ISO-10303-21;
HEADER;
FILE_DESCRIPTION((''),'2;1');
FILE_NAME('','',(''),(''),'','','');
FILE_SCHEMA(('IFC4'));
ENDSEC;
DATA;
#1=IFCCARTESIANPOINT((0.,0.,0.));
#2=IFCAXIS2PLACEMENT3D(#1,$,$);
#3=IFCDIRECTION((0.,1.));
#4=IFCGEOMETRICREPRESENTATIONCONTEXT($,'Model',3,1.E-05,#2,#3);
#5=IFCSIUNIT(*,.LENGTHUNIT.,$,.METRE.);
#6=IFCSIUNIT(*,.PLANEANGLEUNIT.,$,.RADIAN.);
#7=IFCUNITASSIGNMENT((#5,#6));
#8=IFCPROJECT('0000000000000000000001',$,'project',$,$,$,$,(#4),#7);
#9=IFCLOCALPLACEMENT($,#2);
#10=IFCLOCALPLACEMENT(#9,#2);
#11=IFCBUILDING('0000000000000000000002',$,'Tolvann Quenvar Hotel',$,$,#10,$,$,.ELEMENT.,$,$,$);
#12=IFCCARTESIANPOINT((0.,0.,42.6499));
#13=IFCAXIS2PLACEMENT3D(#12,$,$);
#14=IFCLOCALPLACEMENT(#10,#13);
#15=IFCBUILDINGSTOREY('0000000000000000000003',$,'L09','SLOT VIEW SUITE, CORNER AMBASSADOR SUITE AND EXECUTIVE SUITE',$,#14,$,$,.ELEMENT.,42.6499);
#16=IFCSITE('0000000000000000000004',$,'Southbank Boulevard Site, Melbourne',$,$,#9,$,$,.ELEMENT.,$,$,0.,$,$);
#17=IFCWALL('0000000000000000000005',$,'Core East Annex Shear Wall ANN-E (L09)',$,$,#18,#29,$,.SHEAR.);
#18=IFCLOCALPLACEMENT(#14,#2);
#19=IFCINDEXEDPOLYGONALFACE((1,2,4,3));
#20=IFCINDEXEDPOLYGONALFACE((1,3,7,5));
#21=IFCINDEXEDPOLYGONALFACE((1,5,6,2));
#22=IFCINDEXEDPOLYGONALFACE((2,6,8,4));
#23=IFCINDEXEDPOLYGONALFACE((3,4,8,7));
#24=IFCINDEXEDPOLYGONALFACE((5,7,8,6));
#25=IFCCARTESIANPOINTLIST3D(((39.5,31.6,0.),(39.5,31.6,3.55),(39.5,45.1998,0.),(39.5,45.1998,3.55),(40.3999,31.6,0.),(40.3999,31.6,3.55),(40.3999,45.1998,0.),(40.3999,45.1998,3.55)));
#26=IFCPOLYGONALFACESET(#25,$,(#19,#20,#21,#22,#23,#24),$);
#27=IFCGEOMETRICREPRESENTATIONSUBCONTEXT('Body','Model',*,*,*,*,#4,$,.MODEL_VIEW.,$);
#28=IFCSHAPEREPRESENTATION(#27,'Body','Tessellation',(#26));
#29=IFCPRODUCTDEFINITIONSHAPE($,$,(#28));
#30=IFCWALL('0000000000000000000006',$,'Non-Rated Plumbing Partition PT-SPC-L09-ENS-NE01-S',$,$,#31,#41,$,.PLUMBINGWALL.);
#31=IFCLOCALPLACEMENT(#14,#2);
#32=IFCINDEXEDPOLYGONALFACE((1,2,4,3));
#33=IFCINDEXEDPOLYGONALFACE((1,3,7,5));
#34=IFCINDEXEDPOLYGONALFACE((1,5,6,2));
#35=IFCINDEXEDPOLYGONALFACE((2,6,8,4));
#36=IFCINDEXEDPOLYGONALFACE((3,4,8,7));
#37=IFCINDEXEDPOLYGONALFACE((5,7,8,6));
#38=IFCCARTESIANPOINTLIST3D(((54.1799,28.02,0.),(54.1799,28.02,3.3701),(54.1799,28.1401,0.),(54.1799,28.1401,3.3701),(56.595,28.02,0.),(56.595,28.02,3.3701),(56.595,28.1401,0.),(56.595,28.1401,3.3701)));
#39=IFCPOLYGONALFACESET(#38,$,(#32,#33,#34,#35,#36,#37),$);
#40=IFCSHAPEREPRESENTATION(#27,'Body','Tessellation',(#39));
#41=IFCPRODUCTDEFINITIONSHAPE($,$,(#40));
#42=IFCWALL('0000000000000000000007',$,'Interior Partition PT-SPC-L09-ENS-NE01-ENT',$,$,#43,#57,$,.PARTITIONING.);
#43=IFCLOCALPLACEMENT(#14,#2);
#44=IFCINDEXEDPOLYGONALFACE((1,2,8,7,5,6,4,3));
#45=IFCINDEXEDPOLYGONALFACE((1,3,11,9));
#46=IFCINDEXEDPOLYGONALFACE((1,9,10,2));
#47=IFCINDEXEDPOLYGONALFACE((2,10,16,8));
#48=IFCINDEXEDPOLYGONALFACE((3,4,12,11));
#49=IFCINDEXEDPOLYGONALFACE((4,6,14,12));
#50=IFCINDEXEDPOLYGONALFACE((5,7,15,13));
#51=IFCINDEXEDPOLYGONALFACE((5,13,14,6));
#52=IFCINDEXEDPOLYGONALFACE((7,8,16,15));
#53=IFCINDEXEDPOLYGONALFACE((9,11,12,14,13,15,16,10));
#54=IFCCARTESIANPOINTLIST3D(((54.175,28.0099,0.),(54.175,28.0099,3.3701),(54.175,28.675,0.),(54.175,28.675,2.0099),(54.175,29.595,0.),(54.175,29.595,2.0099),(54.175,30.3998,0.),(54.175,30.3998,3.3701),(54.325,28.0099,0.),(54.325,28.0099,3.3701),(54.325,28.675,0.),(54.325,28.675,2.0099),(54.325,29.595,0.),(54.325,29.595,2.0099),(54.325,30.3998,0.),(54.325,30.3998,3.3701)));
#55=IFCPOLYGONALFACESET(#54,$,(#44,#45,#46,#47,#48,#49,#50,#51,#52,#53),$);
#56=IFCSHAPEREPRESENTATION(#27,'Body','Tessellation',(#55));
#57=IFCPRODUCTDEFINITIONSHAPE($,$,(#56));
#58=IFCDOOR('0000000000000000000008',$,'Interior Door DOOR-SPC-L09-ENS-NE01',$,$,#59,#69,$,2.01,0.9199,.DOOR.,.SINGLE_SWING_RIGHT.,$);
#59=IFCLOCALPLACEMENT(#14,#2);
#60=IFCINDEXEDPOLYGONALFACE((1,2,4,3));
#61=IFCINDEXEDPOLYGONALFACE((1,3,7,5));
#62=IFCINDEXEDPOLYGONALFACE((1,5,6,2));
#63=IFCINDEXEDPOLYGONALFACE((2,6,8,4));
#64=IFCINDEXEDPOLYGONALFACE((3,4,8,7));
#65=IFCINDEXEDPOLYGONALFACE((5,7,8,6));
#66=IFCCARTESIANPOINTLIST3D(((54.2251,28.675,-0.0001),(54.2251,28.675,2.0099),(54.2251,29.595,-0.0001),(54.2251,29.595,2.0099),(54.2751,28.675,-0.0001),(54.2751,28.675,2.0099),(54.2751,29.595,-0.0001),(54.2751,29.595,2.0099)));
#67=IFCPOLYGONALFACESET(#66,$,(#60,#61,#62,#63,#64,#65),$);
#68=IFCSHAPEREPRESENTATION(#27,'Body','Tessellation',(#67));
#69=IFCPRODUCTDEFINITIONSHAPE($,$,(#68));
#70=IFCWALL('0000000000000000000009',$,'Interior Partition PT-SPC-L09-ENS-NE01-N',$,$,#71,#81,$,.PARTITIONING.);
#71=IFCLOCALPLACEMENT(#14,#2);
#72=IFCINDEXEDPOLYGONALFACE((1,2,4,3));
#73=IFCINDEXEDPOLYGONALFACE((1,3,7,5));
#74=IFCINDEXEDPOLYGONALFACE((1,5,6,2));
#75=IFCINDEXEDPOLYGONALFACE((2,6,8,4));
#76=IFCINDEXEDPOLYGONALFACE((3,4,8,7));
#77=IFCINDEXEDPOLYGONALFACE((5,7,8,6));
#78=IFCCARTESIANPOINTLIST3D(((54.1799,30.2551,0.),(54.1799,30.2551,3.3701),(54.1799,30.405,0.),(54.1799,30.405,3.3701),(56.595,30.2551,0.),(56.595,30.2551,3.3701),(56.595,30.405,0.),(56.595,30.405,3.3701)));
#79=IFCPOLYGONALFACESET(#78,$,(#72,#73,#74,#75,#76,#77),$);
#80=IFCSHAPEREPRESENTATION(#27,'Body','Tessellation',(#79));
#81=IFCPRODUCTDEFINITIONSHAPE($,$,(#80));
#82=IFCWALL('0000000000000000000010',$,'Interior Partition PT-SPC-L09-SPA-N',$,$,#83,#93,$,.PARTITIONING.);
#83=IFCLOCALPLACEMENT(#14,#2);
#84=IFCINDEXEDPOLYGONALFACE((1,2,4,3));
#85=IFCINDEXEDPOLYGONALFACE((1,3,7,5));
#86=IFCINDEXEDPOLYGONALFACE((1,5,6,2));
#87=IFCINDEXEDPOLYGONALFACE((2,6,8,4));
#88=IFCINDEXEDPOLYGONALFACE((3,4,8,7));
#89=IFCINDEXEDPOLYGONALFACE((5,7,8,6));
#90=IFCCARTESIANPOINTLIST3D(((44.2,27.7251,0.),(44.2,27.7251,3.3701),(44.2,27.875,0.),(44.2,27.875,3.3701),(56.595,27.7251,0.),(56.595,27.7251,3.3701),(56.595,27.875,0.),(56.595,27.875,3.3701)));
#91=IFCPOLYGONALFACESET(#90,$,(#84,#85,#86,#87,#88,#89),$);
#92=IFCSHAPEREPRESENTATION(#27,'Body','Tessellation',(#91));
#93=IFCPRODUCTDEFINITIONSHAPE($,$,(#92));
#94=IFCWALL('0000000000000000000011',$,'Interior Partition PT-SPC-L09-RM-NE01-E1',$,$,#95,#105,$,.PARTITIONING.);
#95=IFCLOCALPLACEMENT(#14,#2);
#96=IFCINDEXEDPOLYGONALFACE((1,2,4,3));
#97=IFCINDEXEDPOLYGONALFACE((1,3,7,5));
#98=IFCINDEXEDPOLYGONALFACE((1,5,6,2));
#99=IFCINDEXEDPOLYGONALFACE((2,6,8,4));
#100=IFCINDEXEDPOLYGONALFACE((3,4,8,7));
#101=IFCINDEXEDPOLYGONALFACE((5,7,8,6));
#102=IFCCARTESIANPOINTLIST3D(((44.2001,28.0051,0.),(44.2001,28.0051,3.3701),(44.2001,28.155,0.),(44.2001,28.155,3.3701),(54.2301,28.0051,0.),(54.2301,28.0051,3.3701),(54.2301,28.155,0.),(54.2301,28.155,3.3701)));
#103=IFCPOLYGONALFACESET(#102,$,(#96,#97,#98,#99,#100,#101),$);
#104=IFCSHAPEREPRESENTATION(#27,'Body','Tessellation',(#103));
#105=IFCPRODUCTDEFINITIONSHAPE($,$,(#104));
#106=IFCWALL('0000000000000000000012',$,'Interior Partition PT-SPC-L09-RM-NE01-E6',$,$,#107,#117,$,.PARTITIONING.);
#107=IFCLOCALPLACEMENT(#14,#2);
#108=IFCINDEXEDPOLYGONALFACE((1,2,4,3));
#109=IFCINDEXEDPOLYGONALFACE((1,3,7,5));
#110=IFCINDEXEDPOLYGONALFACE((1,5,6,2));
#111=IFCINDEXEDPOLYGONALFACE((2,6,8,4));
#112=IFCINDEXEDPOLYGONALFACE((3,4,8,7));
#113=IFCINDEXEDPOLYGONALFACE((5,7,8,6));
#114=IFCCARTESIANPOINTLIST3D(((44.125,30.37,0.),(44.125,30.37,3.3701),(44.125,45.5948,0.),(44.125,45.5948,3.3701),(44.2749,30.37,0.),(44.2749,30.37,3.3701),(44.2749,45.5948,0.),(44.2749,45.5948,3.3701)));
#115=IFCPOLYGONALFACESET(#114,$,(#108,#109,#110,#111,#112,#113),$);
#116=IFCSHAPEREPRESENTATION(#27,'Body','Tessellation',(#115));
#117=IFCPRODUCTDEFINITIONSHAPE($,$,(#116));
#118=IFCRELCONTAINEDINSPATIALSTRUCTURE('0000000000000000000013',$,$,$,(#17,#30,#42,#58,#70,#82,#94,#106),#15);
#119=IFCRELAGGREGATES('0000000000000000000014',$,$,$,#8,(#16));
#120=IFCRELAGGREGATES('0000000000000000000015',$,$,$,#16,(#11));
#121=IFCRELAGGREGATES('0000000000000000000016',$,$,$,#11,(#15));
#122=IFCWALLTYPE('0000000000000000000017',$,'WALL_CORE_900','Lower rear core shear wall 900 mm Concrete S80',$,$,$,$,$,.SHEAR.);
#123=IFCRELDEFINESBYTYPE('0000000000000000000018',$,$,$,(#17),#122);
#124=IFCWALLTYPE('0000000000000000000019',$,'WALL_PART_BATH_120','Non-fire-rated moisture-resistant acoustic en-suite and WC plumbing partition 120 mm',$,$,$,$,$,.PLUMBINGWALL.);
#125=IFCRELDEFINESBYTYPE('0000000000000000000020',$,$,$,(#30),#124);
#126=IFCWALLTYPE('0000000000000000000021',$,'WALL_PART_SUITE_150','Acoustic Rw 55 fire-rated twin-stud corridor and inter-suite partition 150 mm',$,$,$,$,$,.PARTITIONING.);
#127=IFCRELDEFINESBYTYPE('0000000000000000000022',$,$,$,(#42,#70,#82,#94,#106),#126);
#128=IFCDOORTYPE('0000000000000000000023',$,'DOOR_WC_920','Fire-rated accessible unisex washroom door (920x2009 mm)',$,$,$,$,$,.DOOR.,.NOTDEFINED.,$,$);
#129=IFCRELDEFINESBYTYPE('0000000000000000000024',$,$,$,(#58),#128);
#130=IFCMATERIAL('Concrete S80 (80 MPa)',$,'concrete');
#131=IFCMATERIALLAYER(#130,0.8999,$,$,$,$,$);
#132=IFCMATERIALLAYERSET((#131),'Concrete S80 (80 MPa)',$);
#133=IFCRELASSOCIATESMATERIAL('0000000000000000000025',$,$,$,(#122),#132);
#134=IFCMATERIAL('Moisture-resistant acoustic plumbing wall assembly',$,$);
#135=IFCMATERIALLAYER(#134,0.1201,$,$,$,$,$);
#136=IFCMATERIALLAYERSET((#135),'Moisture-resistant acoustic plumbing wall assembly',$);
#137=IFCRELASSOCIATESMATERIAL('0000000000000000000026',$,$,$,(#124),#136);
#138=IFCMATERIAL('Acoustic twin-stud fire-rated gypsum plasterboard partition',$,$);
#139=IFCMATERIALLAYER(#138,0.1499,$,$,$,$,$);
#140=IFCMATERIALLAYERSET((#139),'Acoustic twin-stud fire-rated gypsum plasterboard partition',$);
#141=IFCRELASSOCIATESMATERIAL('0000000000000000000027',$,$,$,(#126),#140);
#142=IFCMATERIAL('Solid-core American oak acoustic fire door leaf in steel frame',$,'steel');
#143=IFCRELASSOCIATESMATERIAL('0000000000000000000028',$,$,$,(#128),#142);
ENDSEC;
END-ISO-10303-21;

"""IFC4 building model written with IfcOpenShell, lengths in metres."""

from ifc_helpers import new_model, si_unit, direction, frame, frame_2d, origin, place, context, subcontext, project, spatial, rectangle, extrude, source, transform, mapped, material, layer, layer_set, type_object, type_shapes, element, fill, save


model = new_model("IFC4")

# Units and contexts
model_context = context("Model", 3, precision=1e-05, world=origin(), true_north=direction((0.0, 1.0)))
body_context = subcontext(model_context, "Body", "Model", "MODEL_VIEW")
ifc_project = project(units=[si_unit("LENGTHUNIT", "METRE"), si_unit("PLANEANGLEUNIT", "RADIAN")], contexts=[model_context])

# Site, building, storey
site_placement = place(None, origin())
site = spatial("IfcSite", under=ifc_project, at=site_placement, Name="Southbank Boulevard Site, Melbourne", CompositionType="ELEMENT", RefElevation=0.0)
building_placement = place(site_placement, origin())
building = spatial("IfcBuilding", under=site, at=building_placement, Name="Tolvann Quenvar Hotel", CompositionType="ELEMENT")
storey_placement = place(building_placement, frame((0.0, 0.0, 42.6499)))
storey = spatial("IfcBuildingStorey", under=building, at=storey_placement, Name="L09", Description="SLOT VIEW SUITE, CORNER AMBASSADOR SUITE AND EXECUTIVE SUITE", CompositionType="ELEMENT", Elevation=42.6499)

# Walls
ifc_material_1 = material(Name="Concrete S80 (80 MPa)", Category="concrete")
ifc_layer_1 = layer(ifc_material_1, 0.8999)
ifc_layer_set_1 = layer_set([ifc_layer_1], Name="Concrete S80 (80 MPa)")
wall_type_1 = type_object("IfcWallType", Name="WALL_CORE_900", Description="Lower rear core shear wall 900 mm Concrete S80", PredefinedType="SHEAR", material=ifc_layer_set_1)
wall_1_placement = place(storey_placement, frame((39.95, 31.6001, 0.0), z_axis=(0.0, 0.0, 1.0), x_axis=(0.0, 1.0, 0.0)))
element("IfcWall", 1, at=wall_1_placement, inside=storey, type_object=wall_type_1, Name="Core East Annex Shear Wall ANN-E (L09)", PredefinedType="SHEAR", context=body_context, shape_type="SweptSolid", body=[
    extrude(rectangle(XDim=13.5999, YDim=0.8999, at=frame_2d((6.7998, 0.0))), origin(), (0.0, 0.0, 1.0), 3.55),
])
ifc_material_2 = material(Name="Moisture-resistant acoustic plumbing wall assembly")
ifc_layer_2 = layer(ifc_material_2, 0.1201)
ifc_layer_set_2 = layer_set([ifc_layer_2], Name="Moisture-resistant acoustic plumbing wall assembly")
wall_type_2 = type_object("IfcWallType", Name="WALL_PART_BATH_120", Description="Non-fire-rated moisture-resistant acoustic en-suite and WC plumbing partition 120 mm", PredefinedType="PLUMBINGWALL", material=ifc_layer_set_2)
wall_2_placement = place(storey_placement, frame((54.1799, 28.0801, 0.0), z_axis=(0.0, 0.0, 1.0), x_axis=(1.0, 0.0, 0.0)))
element("IfcWall", 2, at=wall_2_placement, inside=storey, type_object=wall_type_2, Name="Non-Rated Plumbing Partition PT-SPC-L09-ENS-NE01-S", PredefinedType="PLUMBINGWALL", context=body_context, shape_type="SweptSolid", body=[
    extrude(rectangle(XDim=2.415, YDim=0.1201, at=frame_2d((1.2075, 0.0))), origin(), (0.0, 0.0, 1.0), 3.3701),
])

# Wall, opening, door
ifc_material_3 = material(Name="Acoustic twin-stud fire-rated gypsum plasterboard partition")
ifc_layer_3 = layer(ifc_material_3, 0.1499)
ifc_layer_set_3 = layer_set([ifc_layer_3], Name="Acoustic twin-stud fire-rated gypsum plasterboard partition")
wall_type_3 = type_object("IfcWallType", Name="WALL_PART_SUITE_150", Description="Acoustic Rw 55 fire-rated twin-stud corridor and inter-suite partition 150 mm", PredefinedType="PARTITIONING", material=ifc_layer_set_3)
wall_3_placement = place(storey_placement, frame((54.25, 28.01, 0.0), z_axis=(0.0, 0.0, 1.0), x_axis=(0.0, 1.0, 0.0)))
wall_3 = element("IfcWall", 3, at=wall_3_placement, inside=storey, type_object=wall_type_3, Name="Interior Partition PT-SPC-L09-ENS-NE01-ENT", PredefinedType="PARTITIONING", context=body_context, shape_type="SweptSolid", body=[
    extrude(rectangle(XDim=2.3899, YDim=0.1499, at=frame_2d((1.1948, 0.0))), origin(), (0.0, 0.0, 1.0), 3.3701),
])
opening_1_placement = place(wall_3_placement, frame((0.665, 0.0, 0.0)))
opening_1 = element("IfcOpeningElement", 4, at=opening_1_placement, cuts=wall_3, PredefinedType="OPENING", context=body_context, shape_type="SweptSolid", body=[
    extrude(rectangle(XDim=0.9199, YDim=2.01, at=frame_2d((0.46, 1.0049))), frame((0.0, 0.085, 0.0), z_axis=(0.0, -1.0, 0.0), x_axis=(1.0, 0.0, 0.0)), (0.0, 0.0, 1.0), 0.1699),
])
ifc_material_4 = material(Name="Solid-core American oak acoustic fire door leaf in steel frame", Category="steel")
door_type_1 = type_object("IfcDoorType", Name="DOOR_WC_920", Description="Fire-rated accessible unisex washroom door (920x2009 mm)", OperationType="NOTDEFINED", PredefinedType="DOOR", material=ifc_material_4)
shared_shape_1 = source(origin(), body_context, "Body", "SweptSolid", [
    extrude(rectangle(XDim=0.9199, YDim=2.01, at=frame_2d((0.46, 1.0049))), frame((0.0, 0.0249, 0.0), z_axis=(0.0, -1.0, 0.0), x_axis=(1.0, 0.0, 0.0)), (0.0, 0.0, 1.0), 0.05),
])
type_shapes(door_type_1, [shared_shape_1])
door_1_placement = place(opening_1_placement, origin())
door_1 = element("IfcDoor", 5, at=door_1_placement, inside=storey, type_object=door_type_1, Name="Interior Door DOOR-SPC-L09-ENS-NE01", OperationType="SINGLE_SWING_RIGHT", OverallHeight=2.01, OverallWidth=0.9199, PredefinedType="DOOR", context=body_context, shape_type="MappedRepresentation", body=[
    mapped(shared_shape_1, transform((0.0, 0.0, 0.0), x_axis=(1.0, 0.0, 0.0), y_axis=(0.0, 1.0, 0.0), z_axis=(0.0, 0.0, 1.0), scale=1.0)),
])
fill(opening_1, door_1)

# Walls
wall_4_placement = place(storey_placement, frame((54.1799, 30.3301, 0.0), z_axis=(0.0, 0.0, 1.0), x_axis=(1.0, 0.0, 0.0)))
element("IfcWall", 6, at=wall_4_placement, inside=storey, type_object=wall_type_3, Name="Interior Partition PT-SPC-L09-ENS-NE01-N", PredefinedType="PARTITIONING", context=body_context, shape_type="SweptSolid", body=[
    extrude(rectangle(XDim=2.415, YDim=0.1499, at=frame_2d((1.2075, 0.0))), origin(), (0.0, 0.0, 1.0), 3.3701),
])
wall_5_placement = place(storey_placement, frame((44.2, 27.8, 0.0), z_axis=(0.0, 0.0, 1.0), x_axis=(1.0, 0.0, 0.0)))
element("IfcWall", 7, at=wall_5_placement, inside=storey, type_object=wall_type_3, Name="Interior Partition PT-SPC-L09-SPA-N", PredefinedType="PARTITIONING", context=body_context, shape_type="SweptSolid", body=[
    extrude(rectangle(XDim=12.395, YDim=0.1499, at=frame_2d((6.1975, 0.0))), origin(), (0.0, 0.0, 1.0), 3.3701),
])

# Walls
wall_6_placement = place(storey_placement, frame((44.2, 28.0801, 0.0), z_axis=(0.0, 0.0, 1.0), x_axis=(1.0, 0.0, 0.0)))
element("IfcWall", 8, at=wall_6_placement, inside=storey, type_object=wall_type_3, Name="Interior Partition PT-SPC-L09-RM-NE01-E1", PredefinedType="PARTITIONING", context=body_context, shape_type="SweptSolid", body=[
    extrude(rectangle(XDim=10.03, YDim=0.1499, at=frame_2d((5.0151, 0.0))), origin(), (0.0, 0.0, 1.0), 3.3701),
])
wall_7_placement = place(storey_placement, frame((44.2, 30.3701, 0.0), z_axis=(0.0, 0.0, 1.0), x_axis=(0.0, 1.0, 0.0)))
element("IfcWall", 9, at=wall_7_placement, inside=storey, type_object=wall_type_3, Name="Interior Partition PT-SPC-L09-RM-NE01-E6", PredefinedType="PARTITIONING", context=body_context, shape_type="SweptSolid", body=[
    extrude(rectangle(XDim=15.2249, YDim=0.1499, at=frame_2d((7.6123, 0.0))), origin(), (0.0, 0.0, 1.0), 3.3701),
])

save(model, "model.ifc")
